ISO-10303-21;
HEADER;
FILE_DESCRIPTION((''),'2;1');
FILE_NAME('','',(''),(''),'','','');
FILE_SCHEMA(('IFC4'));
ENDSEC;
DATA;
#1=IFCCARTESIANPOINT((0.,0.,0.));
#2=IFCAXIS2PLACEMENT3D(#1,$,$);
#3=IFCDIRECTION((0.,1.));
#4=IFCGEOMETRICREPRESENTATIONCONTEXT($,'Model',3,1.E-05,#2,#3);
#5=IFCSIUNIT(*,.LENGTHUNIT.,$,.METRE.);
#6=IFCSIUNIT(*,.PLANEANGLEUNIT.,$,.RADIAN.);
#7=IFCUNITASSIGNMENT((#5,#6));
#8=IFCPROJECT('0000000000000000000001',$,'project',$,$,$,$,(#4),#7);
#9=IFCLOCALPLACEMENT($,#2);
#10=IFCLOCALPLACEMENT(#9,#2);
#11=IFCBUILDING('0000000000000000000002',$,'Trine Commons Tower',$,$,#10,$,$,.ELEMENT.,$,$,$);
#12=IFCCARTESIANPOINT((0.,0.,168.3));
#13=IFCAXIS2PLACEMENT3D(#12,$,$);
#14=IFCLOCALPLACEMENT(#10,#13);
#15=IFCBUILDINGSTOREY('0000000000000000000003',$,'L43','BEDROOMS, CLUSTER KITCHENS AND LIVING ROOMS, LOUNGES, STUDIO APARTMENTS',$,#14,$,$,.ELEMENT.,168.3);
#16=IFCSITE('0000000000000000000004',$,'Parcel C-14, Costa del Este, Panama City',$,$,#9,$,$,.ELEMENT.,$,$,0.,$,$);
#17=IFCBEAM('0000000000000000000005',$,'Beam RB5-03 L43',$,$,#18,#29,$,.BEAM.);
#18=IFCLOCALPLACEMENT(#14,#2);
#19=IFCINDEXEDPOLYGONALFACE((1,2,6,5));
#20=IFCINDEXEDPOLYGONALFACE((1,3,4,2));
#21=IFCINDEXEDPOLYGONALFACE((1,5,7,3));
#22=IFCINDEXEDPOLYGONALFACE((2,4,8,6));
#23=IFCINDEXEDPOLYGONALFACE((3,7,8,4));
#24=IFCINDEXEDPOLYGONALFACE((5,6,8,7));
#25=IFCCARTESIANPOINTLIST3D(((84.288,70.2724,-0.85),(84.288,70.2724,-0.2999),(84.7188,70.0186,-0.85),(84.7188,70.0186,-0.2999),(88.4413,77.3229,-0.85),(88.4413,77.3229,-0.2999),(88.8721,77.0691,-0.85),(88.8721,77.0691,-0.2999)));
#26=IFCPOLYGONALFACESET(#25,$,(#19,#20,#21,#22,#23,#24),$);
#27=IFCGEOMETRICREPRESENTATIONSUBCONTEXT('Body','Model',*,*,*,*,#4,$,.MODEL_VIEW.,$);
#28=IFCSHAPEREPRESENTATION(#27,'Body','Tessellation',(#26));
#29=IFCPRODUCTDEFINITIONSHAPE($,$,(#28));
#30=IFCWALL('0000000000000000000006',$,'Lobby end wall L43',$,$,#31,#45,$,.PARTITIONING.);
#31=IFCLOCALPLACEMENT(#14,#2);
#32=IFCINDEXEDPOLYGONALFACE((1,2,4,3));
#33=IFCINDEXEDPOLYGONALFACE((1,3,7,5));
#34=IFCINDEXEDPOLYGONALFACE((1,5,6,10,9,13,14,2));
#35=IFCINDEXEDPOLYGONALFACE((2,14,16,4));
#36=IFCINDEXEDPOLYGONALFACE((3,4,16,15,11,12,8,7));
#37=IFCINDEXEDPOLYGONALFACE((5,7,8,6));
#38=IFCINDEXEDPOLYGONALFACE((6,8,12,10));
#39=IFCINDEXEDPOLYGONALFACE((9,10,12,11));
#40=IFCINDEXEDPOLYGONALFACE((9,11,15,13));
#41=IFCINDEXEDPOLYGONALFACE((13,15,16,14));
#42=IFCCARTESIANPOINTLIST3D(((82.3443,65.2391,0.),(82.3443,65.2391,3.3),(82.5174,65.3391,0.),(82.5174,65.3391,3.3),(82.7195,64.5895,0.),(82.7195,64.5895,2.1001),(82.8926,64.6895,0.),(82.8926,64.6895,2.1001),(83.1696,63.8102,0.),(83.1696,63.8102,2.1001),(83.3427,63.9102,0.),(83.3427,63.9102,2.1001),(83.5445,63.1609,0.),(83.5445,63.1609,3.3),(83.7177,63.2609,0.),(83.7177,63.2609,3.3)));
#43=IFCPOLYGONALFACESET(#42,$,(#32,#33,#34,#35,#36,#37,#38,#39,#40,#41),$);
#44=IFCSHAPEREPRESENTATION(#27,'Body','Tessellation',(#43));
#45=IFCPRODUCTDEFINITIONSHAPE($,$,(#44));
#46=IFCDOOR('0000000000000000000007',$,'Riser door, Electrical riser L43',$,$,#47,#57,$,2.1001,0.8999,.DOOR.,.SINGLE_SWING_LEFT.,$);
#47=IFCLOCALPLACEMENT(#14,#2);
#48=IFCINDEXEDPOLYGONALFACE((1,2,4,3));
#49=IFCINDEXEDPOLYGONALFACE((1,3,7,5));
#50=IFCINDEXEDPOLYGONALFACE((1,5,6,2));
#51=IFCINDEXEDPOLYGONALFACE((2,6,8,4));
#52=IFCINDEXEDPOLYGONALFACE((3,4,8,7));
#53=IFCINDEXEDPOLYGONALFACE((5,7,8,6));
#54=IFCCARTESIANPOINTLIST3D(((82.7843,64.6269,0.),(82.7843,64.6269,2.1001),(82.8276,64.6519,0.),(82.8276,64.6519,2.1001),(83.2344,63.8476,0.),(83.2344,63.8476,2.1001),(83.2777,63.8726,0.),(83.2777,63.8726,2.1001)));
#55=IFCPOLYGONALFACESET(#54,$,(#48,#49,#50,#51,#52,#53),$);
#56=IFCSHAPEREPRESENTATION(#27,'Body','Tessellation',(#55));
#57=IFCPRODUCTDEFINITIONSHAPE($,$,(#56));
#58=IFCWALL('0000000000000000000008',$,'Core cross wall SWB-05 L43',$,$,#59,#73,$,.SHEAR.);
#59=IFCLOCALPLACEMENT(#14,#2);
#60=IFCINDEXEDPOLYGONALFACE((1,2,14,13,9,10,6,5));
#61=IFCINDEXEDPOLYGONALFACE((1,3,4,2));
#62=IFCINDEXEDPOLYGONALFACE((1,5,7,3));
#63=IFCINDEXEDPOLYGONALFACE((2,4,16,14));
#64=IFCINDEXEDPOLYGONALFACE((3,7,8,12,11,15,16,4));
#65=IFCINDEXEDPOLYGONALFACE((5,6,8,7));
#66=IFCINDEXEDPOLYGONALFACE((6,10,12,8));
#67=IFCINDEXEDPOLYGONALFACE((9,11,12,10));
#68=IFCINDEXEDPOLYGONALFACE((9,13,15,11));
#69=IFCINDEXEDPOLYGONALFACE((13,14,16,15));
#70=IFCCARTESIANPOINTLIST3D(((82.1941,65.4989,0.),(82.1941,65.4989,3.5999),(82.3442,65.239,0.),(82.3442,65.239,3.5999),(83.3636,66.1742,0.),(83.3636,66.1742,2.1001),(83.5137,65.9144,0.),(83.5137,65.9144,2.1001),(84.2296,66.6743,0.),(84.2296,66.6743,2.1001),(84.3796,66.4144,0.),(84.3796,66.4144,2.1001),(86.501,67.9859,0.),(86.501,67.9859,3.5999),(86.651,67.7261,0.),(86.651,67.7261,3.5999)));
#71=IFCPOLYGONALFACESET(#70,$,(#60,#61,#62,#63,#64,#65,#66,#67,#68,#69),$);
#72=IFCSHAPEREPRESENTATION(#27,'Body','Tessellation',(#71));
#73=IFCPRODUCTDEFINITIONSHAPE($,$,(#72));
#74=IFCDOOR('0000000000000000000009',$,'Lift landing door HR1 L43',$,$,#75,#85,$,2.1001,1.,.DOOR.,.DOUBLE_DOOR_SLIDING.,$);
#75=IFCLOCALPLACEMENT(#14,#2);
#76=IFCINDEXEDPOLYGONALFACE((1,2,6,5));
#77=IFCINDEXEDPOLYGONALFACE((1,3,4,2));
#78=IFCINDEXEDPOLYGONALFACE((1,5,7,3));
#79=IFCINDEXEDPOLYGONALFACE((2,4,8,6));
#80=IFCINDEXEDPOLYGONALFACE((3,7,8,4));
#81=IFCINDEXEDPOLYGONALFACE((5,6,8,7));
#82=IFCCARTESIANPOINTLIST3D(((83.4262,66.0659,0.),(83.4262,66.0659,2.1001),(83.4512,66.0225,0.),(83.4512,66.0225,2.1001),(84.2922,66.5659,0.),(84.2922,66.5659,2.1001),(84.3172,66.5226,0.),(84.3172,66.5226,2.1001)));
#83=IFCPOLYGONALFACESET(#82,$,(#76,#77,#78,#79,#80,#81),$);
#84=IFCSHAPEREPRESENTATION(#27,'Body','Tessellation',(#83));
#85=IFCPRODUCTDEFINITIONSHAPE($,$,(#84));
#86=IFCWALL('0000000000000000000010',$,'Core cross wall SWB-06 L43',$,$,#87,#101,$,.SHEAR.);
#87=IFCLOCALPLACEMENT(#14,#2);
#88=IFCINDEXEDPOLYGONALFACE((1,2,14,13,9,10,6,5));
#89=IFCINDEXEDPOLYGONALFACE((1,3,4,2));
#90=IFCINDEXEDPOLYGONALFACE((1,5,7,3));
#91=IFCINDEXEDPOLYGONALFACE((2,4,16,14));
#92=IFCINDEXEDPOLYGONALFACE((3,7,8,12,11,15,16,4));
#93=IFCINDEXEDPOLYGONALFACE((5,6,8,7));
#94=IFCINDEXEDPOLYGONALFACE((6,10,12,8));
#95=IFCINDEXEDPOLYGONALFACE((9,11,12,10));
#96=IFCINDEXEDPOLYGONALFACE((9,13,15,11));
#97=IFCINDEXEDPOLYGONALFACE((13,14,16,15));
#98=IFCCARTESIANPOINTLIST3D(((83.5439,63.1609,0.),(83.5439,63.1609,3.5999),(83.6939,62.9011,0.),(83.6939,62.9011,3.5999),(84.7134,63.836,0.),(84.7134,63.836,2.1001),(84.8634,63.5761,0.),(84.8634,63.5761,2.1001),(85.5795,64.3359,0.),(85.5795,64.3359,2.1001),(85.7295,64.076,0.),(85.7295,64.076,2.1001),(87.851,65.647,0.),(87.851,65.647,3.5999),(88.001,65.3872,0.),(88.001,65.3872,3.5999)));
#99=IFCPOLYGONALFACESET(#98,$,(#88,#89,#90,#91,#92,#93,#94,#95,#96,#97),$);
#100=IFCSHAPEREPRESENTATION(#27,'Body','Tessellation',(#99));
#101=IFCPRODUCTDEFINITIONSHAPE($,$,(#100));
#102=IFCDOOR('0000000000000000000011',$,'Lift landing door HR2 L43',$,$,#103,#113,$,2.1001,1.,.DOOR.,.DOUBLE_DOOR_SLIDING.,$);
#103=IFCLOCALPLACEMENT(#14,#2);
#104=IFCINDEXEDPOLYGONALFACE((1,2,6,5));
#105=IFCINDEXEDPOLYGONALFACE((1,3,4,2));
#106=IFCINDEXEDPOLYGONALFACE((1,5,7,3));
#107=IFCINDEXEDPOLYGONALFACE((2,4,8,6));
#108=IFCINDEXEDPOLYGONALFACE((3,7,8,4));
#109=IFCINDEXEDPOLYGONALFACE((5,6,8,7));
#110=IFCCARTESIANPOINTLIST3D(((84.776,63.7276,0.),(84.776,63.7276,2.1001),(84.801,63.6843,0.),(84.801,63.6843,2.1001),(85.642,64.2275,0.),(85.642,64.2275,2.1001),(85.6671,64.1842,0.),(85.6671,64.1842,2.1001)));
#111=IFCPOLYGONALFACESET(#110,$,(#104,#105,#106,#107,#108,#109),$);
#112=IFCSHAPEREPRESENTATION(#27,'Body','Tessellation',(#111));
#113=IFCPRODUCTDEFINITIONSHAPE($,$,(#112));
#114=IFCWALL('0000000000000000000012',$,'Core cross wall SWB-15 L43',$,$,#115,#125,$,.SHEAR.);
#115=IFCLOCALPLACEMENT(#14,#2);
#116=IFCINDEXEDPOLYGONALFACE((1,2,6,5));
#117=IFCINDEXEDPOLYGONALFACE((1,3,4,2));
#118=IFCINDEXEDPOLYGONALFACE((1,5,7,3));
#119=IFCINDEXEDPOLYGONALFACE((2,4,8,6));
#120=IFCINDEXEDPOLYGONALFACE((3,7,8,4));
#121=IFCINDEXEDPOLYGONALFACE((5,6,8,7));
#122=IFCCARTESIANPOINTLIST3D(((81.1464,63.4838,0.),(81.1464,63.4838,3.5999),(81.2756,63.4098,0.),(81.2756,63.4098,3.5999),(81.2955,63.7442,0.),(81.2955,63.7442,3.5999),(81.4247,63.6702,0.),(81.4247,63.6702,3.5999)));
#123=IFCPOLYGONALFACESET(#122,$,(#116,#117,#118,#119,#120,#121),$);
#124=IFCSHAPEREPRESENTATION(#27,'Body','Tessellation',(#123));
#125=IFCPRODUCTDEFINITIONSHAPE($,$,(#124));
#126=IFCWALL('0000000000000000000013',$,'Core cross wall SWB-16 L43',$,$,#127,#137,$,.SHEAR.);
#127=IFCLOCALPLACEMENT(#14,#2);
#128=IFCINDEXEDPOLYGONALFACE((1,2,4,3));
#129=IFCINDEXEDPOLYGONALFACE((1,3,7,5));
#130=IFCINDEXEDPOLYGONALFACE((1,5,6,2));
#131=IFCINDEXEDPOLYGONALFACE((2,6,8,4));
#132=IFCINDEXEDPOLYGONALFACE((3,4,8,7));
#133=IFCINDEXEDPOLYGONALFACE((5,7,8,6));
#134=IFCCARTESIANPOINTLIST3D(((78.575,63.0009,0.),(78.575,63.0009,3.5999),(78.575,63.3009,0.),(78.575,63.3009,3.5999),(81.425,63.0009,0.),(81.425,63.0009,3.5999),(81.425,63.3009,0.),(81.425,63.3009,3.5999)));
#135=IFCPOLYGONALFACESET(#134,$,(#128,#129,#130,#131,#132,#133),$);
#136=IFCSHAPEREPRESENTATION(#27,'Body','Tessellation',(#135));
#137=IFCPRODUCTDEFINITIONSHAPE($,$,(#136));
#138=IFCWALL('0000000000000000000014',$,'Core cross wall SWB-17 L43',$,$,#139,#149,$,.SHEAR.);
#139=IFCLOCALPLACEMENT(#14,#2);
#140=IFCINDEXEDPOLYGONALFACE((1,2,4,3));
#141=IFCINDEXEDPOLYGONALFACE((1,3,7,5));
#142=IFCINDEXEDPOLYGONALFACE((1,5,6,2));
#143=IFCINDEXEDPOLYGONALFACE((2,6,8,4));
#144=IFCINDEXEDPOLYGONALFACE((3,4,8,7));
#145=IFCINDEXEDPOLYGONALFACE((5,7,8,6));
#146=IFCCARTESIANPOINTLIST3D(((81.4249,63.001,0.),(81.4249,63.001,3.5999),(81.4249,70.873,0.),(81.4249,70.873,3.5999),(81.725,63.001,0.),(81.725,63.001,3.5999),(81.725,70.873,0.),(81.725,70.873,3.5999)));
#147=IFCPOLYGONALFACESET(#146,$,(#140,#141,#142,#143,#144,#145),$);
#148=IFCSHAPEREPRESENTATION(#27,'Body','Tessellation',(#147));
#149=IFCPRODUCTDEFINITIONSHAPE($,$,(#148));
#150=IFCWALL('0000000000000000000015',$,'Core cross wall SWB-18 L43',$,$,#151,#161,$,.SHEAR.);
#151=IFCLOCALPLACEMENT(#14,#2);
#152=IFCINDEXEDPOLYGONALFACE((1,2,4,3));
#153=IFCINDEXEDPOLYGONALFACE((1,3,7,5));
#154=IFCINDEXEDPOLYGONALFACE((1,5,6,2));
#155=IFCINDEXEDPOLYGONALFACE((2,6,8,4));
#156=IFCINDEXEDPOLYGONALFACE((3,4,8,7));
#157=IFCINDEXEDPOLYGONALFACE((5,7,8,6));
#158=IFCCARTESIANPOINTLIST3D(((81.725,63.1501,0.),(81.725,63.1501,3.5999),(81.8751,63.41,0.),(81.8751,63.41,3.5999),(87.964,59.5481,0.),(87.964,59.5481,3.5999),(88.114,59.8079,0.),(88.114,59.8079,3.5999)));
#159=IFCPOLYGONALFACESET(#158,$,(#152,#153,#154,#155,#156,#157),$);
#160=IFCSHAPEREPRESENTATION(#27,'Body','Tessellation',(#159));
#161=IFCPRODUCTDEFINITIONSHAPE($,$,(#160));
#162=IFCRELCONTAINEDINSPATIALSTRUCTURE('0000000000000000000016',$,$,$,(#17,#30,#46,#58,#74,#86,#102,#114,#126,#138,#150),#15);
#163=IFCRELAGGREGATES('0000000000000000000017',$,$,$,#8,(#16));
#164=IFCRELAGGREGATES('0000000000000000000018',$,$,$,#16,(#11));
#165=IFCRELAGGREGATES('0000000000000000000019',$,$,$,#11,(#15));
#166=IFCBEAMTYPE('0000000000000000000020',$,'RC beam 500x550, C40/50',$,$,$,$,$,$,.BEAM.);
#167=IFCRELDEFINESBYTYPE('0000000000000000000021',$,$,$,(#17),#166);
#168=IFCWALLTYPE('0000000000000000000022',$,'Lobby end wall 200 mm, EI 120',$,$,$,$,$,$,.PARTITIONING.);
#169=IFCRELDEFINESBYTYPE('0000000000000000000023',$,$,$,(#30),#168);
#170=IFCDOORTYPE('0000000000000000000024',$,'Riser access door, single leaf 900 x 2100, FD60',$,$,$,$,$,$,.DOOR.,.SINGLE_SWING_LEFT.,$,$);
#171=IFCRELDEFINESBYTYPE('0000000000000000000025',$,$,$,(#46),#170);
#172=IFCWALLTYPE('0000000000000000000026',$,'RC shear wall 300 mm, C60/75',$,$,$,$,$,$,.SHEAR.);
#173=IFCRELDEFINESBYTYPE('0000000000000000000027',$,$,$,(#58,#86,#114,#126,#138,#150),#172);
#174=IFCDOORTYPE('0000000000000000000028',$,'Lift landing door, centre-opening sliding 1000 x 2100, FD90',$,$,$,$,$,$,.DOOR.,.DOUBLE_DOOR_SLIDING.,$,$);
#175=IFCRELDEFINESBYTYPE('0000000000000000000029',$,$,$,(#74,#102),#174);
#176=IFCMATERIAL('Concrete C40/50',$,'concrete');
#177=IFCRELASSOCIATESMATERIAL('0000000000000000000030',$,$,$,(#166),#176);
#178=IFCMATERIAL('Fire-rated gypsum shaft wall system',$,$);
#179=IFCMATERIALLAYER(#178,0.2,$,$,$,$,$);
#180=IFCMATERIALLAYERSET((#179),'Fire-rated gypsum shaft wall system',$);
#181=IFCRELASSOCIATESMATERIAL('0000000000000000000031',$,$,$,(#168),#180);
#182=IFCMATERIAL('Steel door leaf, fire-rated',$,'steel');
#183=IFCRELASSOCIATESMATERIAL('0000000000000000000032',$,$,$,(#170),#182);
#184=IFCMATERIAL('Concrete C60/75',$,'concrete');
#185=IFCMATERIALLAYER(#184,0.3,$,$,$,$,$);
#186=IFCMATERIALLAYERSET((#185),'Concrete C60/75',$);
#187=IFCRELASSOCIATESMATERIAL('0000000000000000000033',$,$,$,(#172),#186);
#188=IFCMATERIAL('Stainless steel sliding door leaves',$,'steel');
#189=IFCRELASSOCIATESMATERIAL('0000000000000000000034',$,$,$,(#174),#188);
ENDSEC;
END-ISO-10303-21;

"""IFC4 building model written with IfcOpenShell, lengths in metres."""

from ifc_helpers import new_model, si_unit, direction, frame, frame_2d, origin, origin_2d, place, context, subcontext, project, spatial, rectangle, extrude, material, layer, layer_set, material_profile, profile_set, type_object, element, fill, save


model = new_model("IFC4")

# Units and contexts
model_context = context("Model", 3, precision=1e-05, world=origin(), true_north=direction((0.0, 1.0)))
body_context = subcontext(model_context, "Body", "Model", "MODEL_VIEW")
ifc_project = project(units=[si_unit("LENGTHUNIT", "METRE"), si_unit("PLANEANGLEUNIT", "RADIAN")], contexts=[model_context])

# Site, building, storey
site_placement = place(None, origin())
site = spatial("IfcSite", under=ifc_project, at=site_placement, Name="Parcel C-14, Costa del Este, Panama City", CompositionType="ELEMENT", RefElevation=0.0)
building_placement = place(site_placement, origin())
building = spatial("IfcBuilding", under=site, at=building_placement, Name="Trine Commons Tower", CompositionType="ELEMENT")
storey_placement = place(building_placement, frame((0.0, 0.0, 168.3)))
storey = spatial("IfcBuildingStorey", under=building, at=storey_placement, Name="L43", Description="BEDROOMS, CLUSTER KITCHENS AND LIVING ROOMS, LOUNGES, STUDIO APARTMENTS", CompositionType="ELEMENT", Elevation=168.3)

# Beam
ifc_material_1 = material(Name="Concrete C40/50", Category="concrete")
ifc_material_profile = material_profile(ifc_material_1, rectangle(XDim=0.5, YDim=0.55, at=origin_2d()), Name="RC 500x550")
ifc_profile_set = profile_set([ifc_material_profile], Name="Concrete C40/50")
beam_type = type_object("IfcBeamType", Name="RC beam 500x550, C40/50", PredefinedType="BEAM", material=ifc_profile_set)
beam_placement = place(storey_placement, frame((84.5034, 70.1455, -0.575), z_axis=(0.50756, 0.861617, 0.0), x_axis=(-0.861617, 0.50756, 0.0)))
element("IfcBeam", 1, at=beam_placement, inside=storey, type_object=beam_type, Name="Beam RB5-03 L43", PredefinedType="BEAM", context=body_context, shape_type="SweptSolid", body=[
    extrude(rectangle(XDim=0.5, YDim=0.55, at=origin_2d()), origin(), (0.0, 0.0, 1.0), 8.1829),
])

# Walls, openings, doors
ifc_material_2 = material(Name="Fire-rated gypsum shaft wall system")
ifc_layer_1 = layer(ifc_material_2, 0.2)
ifc_layer_set_1 = layer_set([ifc_layer_1], Name="Fire-rated gypsum shaft wall system")
wall_type_1 = type_object("IfcWallType", Name="Lobby end wall 200 mm, EI 120", PredefinedType="PARTITIONING", material=ifc_layer_set_1)
wall_1_placement = place(storey_placement, frame((83.6311, 63.2109, 0.0), z_axis=(0.0, 0.0, 1.0), x_axis=(-0.500122, 0.865955, 0.0)))
wall_1 = element("IfcWall", 2, at=wall_1_placement, inside=storey, type_object=wall_type_1, Name="Lobby end wall L43", PredefinedType="PARTITIONING", context=body_context, shape_type="SweptSolid", body=[
    extrude(rectangle(XDim=2.3999, YDim=0.2, at=frame_2d((1.2, 0.0))), origin(), (0.0, 0.0, 1.0), 3.3),
])
opening_1_placement = place(wall_1_placement, frame((0.7498, 0.0, 0.0)))
opening_1 = element("IfcOpeningElement", 3, at=opening_1_placement, cuts=wall_1, PredefinedType="OPENING", context=body_context, shape_type="SweptSolid", body=[
    extrude(rectangle(XDim=0.8999, YDim=2.1001, at=frame_2d((0.45, 1.05))), frame((0.0, 0.1099, 0.0), z_axis=(0.0, -1.0, 0.0), x_axis=(1.0, 0.0, 0.0)), (0.0, 0.0, 1.0), 0.22),
])
ifc_material_3 = material(Name="Steel door leaf, fire-rated", Category="steel")
door_type_1 = type_object("IfcDoorType", Name="Riser access door, single leaf 900 x 2100, FD60", OperationType="SINGLE_SWING_LEFT", PredefinedType="DOOR", material=ifc_material_3)
door_1_placement = place(opening_1_placement, frame((0.8999, 0.0, 0.0), z_axis=(0.0, 0.0, 1.0), x_axis=(-1.0, 0.0, 0.0)))
door_1 = element("IfcDoor", 4, at=door_1_placement, inside=storey, type_object=door_type_1, Name="Riser door, Electrical riser L43", OperationType="SINGLE_SWING_LEFT", OverallHeight=2.1001, OverallWidth=0.8999, PredefinedType="DOOR", context=body_context, shape_type="SweptSolid", body=[
    extrude(rectangle(XDim=0.8999, YDim=2.1001, at=frame_2d((0.45, 1.05))), frame((0.0, 0.0249, 0.0), z_axis=(0.0, -1.0, 0.0), x_axis=(1.0, 0.0, 0.0)), (0.0, 0.0, 1.0), 0.05),
])
fill(opening_1, door_1)
ifc_material_4 = material(Name="Concrete C60/75", Category="concrete")
ifc_layer_2 = layer(ifc_material_4, 0.3)
ifc_layer_set_2 = layer_set([ifc_layer_2], Name="Concrete C60/75")
wall_type_2 = type_object("IfcWallType", Name="RC shear wall 300 mm, C60/75", PredefinedType="SHEAR", material=ifc_layer_set_2)
wall_2_placement = place(storey_placement, frame((82.269, 65.3689, 0.0), z_axis=(0.0, 0.0, 1.0), x_axis=(0.865984, 0.500072, 0.0)))
wall_2 = element("IfcWall", 5, at=wall_2_placement, inside=storey, type_object=wall_type_2, Name="Core cross wall SWB-05 L43", PredefinedType="SHEAR", context=body_context, shape_type="SweptSolid", body=[
    extrude(rectangle(XDim=4.9734, YDim=0.3, at=frame_2d((2.4868, 0.0))), origin(), (0.0, 0.0, 1.0), 3.5999),
])
opening_2_placement = place(wall_2_placement, frame((1.3506, 0.0, 0.0)))
opening_2 = element("IfcOpeningElement", 6, at=opening_2_placement, cuts=wall_2, PredefinedType="OPENING", context=body_context, shape_type="SweptSolid", body=[
    extrude(rectangle(XDim=1.0, YDim=2.1001, at=frame_2d((0.5, 1.05))), frame((0.0, 0.1599, 0.0), z_axis=(0.0, -1.0, 0.0), x_axis=(1.0, 0.0, 0.0)), (0.0, 0.0, 1.0), 0.3201),
])
ifc_material_5 = material(Name="Stainless steel sliding door leaves", Category="steel")
door_type_2 = type_object("IfcDoorType", Name="Lift landing door, centre-opening sliding 1000 x 2100, FD90", OperationType="DOUBLE_DOOR_SLIDING", PredefinedType="DOOR", material=ifc_material_5)
door_2_placement = place(opening_2_placement, origin())
door_2 = element("IfcDoor", 7, at=door_2_placement, inside=storey, type_object=door_type_2, Name="Lift landing door HR1 L43", OperationType="DOUBLE_DOOR_SLIDING", OverallHeight=2.1001, OverallWidth=1.0, PredefinedType="DOOR", context=body_context, shape_type="SweptSolid", body=[
    extrude(rectangle(XDim=1.0, YDim=2.1001, at=frame_2d((0.5, 1.05))), frame((0.0, 0.0249, 0.0), z_axis=(0.0, -1.0, 0.0), x_axis=(1.0, 0.0, 0.0)), (0.0, 0.0, 1.0), 0.05),
])
fill(opening_2, door_2)
wall_3_placement = place(storey_placement, frame((83.6189, 63.031, 0.0), z_axis=(0.0, 0.0, 1.0), x_axis=(0.866081, 0.499904, 0.0)))
wall_3 = element("IfcWall", 8, at=wall_3_placement, inside=storey, type_object=wall_type_2, Name="Core cross wall SWB-06 L43", PredefinedType="SHEAR", context=body_context, shape_type="SweptSolid", body=[
    extrude(rectangle(XDim=4.9731, YDim=0.3, at=frame_2d((2.4866, 0.0))), origin(), (0.0, 0.0, 1.0), 3.5999),
])
opening_3_placement = place(wall_3_placement, frame((1.3503, 0.0, 0.0)))
opening_3 = element("IfcOpeningElement", 9, at=opening_3_placement, cuts=wall_3, PredefinedType="OPENING", context=body_context, shape_type="SweptSolid", body=[
    extrude(rectangle(XDim=1.0, YDim=2.1001, at=frame_2d((0.5, 1.05))), frame((0.0, 0.1599, 0.0), z_axis=(0.0, -1.0, 0.0), x_axis=(1.0, 0.0, 0.0)), (0.0, 0.0, 1.0), 0.3201),
])
door_3_placement = place(opening_3_placement, origin())
door_3 = element("IfcDoor", 10, at=door_3_placement, inside=storey, type_object=door_type_2, Name="Lift landing door HR2 L43", OperationType="DOUBLE_DOOR_SLIDING", OverallHeight=2.1001, OverallWidth=1.0, PredefinedType="DOOR", context=body_context, shape_type="SweptSolid", body=[
    extrude(rectangle(XDim=1.0, YDim=2.1001, at=frame_2d((0.5, 1.05))), frame((0.0, 0.0249, 0.0), z_axis=(0.0, -1.0, 0.0), x_axis=(1.0, 0.0, 0.0)), (0.0, 0.0, 1.0), 0.05),
])
fill(opening_3, door_3)

# Walls
wall_4_placement = place(storey_placement, frame((81.2209, 63.614, 0.0), z_axis=(0.0, 0.0, 1.0), x_axis=(0.867738, -0.497022, 0.0)))
element("IfcWall", 11, at=wall_4_placement, inside=storey, type_object=wall_type_2, Name="Core cross wall SWB-15 L43", PredefinedType="SHEAR", context=body_context, shape_type="SweptSolid", body=[
    extrude(rectangle(XDim=0.1489, YDim=0.3, at=frame_2d((0.0745, 0.0))), origin(), (0.0, 0.0, 1.0), 3.5999),
])
wall_5_placement = place(storey_placement, frame((81.425, 63.1509, 0.0), z_axis=(0.0, 0.0, 1.0), x_axis=(-1.0, 0.0, 0.0)))
element("IfcWall", 12, at=wall_5_placement, inside=storey, type_object=wall_type_2, Name="Core cross wall SWB-16 L43", PredefinedType="SHEAR", context=body_context, shape_type="SweptSolid", body=[
    extrude(rectangle(XDim=2.8501, YDim=0.3, at=frame_2d((1.425, 0.0))), origin(), (0.0, 0.0, 1.0), 3.5999),
])
wall_6_placement = place(storey_placement, frame((81.575, 63.001, 0.0), z_axis=(0.0, 0.0, 1.0), x_axis=(0.0, 1.0, 0.0)))
element("IfcWall", 13, at=wall_6_placement, inside=storey, type_object=wall_type_2, Name="Core cross wall SWB-17 L43", PredefinedType="SHEAR", context=body_context, shape_type="SweptSolid", body=[
    extrude(rectangle(XDim=7.8721, YDim=0.3, at=frame_2d((3.936, 0.0))), origin(), (0.0, 0.0, 1.0), 3.5999),
])
wall_7_placement = place(storey_placement, frame((81.8, 63.28, 0.0), z_axis=(0.0, 0.0, 1.0), x_axis=(0.866028, -0.499995, 0.0)))
element("IfcWall", 14, at=wall_7_placement, inside=storey, type_object=wall_type_2, Name="Core cross wall SWB-18 L43", PredefinedType="SHEAR", context=body_context, shape_type="SweptSolid", body=[
    extrude(rectangle(XDim=7.2041, YDim=0.3, at=frame_2d((3.6021, 0.0))), origin(), (0.0, 0.0, 1.0), 3.5999),
])

save(model, "model.ifc")
